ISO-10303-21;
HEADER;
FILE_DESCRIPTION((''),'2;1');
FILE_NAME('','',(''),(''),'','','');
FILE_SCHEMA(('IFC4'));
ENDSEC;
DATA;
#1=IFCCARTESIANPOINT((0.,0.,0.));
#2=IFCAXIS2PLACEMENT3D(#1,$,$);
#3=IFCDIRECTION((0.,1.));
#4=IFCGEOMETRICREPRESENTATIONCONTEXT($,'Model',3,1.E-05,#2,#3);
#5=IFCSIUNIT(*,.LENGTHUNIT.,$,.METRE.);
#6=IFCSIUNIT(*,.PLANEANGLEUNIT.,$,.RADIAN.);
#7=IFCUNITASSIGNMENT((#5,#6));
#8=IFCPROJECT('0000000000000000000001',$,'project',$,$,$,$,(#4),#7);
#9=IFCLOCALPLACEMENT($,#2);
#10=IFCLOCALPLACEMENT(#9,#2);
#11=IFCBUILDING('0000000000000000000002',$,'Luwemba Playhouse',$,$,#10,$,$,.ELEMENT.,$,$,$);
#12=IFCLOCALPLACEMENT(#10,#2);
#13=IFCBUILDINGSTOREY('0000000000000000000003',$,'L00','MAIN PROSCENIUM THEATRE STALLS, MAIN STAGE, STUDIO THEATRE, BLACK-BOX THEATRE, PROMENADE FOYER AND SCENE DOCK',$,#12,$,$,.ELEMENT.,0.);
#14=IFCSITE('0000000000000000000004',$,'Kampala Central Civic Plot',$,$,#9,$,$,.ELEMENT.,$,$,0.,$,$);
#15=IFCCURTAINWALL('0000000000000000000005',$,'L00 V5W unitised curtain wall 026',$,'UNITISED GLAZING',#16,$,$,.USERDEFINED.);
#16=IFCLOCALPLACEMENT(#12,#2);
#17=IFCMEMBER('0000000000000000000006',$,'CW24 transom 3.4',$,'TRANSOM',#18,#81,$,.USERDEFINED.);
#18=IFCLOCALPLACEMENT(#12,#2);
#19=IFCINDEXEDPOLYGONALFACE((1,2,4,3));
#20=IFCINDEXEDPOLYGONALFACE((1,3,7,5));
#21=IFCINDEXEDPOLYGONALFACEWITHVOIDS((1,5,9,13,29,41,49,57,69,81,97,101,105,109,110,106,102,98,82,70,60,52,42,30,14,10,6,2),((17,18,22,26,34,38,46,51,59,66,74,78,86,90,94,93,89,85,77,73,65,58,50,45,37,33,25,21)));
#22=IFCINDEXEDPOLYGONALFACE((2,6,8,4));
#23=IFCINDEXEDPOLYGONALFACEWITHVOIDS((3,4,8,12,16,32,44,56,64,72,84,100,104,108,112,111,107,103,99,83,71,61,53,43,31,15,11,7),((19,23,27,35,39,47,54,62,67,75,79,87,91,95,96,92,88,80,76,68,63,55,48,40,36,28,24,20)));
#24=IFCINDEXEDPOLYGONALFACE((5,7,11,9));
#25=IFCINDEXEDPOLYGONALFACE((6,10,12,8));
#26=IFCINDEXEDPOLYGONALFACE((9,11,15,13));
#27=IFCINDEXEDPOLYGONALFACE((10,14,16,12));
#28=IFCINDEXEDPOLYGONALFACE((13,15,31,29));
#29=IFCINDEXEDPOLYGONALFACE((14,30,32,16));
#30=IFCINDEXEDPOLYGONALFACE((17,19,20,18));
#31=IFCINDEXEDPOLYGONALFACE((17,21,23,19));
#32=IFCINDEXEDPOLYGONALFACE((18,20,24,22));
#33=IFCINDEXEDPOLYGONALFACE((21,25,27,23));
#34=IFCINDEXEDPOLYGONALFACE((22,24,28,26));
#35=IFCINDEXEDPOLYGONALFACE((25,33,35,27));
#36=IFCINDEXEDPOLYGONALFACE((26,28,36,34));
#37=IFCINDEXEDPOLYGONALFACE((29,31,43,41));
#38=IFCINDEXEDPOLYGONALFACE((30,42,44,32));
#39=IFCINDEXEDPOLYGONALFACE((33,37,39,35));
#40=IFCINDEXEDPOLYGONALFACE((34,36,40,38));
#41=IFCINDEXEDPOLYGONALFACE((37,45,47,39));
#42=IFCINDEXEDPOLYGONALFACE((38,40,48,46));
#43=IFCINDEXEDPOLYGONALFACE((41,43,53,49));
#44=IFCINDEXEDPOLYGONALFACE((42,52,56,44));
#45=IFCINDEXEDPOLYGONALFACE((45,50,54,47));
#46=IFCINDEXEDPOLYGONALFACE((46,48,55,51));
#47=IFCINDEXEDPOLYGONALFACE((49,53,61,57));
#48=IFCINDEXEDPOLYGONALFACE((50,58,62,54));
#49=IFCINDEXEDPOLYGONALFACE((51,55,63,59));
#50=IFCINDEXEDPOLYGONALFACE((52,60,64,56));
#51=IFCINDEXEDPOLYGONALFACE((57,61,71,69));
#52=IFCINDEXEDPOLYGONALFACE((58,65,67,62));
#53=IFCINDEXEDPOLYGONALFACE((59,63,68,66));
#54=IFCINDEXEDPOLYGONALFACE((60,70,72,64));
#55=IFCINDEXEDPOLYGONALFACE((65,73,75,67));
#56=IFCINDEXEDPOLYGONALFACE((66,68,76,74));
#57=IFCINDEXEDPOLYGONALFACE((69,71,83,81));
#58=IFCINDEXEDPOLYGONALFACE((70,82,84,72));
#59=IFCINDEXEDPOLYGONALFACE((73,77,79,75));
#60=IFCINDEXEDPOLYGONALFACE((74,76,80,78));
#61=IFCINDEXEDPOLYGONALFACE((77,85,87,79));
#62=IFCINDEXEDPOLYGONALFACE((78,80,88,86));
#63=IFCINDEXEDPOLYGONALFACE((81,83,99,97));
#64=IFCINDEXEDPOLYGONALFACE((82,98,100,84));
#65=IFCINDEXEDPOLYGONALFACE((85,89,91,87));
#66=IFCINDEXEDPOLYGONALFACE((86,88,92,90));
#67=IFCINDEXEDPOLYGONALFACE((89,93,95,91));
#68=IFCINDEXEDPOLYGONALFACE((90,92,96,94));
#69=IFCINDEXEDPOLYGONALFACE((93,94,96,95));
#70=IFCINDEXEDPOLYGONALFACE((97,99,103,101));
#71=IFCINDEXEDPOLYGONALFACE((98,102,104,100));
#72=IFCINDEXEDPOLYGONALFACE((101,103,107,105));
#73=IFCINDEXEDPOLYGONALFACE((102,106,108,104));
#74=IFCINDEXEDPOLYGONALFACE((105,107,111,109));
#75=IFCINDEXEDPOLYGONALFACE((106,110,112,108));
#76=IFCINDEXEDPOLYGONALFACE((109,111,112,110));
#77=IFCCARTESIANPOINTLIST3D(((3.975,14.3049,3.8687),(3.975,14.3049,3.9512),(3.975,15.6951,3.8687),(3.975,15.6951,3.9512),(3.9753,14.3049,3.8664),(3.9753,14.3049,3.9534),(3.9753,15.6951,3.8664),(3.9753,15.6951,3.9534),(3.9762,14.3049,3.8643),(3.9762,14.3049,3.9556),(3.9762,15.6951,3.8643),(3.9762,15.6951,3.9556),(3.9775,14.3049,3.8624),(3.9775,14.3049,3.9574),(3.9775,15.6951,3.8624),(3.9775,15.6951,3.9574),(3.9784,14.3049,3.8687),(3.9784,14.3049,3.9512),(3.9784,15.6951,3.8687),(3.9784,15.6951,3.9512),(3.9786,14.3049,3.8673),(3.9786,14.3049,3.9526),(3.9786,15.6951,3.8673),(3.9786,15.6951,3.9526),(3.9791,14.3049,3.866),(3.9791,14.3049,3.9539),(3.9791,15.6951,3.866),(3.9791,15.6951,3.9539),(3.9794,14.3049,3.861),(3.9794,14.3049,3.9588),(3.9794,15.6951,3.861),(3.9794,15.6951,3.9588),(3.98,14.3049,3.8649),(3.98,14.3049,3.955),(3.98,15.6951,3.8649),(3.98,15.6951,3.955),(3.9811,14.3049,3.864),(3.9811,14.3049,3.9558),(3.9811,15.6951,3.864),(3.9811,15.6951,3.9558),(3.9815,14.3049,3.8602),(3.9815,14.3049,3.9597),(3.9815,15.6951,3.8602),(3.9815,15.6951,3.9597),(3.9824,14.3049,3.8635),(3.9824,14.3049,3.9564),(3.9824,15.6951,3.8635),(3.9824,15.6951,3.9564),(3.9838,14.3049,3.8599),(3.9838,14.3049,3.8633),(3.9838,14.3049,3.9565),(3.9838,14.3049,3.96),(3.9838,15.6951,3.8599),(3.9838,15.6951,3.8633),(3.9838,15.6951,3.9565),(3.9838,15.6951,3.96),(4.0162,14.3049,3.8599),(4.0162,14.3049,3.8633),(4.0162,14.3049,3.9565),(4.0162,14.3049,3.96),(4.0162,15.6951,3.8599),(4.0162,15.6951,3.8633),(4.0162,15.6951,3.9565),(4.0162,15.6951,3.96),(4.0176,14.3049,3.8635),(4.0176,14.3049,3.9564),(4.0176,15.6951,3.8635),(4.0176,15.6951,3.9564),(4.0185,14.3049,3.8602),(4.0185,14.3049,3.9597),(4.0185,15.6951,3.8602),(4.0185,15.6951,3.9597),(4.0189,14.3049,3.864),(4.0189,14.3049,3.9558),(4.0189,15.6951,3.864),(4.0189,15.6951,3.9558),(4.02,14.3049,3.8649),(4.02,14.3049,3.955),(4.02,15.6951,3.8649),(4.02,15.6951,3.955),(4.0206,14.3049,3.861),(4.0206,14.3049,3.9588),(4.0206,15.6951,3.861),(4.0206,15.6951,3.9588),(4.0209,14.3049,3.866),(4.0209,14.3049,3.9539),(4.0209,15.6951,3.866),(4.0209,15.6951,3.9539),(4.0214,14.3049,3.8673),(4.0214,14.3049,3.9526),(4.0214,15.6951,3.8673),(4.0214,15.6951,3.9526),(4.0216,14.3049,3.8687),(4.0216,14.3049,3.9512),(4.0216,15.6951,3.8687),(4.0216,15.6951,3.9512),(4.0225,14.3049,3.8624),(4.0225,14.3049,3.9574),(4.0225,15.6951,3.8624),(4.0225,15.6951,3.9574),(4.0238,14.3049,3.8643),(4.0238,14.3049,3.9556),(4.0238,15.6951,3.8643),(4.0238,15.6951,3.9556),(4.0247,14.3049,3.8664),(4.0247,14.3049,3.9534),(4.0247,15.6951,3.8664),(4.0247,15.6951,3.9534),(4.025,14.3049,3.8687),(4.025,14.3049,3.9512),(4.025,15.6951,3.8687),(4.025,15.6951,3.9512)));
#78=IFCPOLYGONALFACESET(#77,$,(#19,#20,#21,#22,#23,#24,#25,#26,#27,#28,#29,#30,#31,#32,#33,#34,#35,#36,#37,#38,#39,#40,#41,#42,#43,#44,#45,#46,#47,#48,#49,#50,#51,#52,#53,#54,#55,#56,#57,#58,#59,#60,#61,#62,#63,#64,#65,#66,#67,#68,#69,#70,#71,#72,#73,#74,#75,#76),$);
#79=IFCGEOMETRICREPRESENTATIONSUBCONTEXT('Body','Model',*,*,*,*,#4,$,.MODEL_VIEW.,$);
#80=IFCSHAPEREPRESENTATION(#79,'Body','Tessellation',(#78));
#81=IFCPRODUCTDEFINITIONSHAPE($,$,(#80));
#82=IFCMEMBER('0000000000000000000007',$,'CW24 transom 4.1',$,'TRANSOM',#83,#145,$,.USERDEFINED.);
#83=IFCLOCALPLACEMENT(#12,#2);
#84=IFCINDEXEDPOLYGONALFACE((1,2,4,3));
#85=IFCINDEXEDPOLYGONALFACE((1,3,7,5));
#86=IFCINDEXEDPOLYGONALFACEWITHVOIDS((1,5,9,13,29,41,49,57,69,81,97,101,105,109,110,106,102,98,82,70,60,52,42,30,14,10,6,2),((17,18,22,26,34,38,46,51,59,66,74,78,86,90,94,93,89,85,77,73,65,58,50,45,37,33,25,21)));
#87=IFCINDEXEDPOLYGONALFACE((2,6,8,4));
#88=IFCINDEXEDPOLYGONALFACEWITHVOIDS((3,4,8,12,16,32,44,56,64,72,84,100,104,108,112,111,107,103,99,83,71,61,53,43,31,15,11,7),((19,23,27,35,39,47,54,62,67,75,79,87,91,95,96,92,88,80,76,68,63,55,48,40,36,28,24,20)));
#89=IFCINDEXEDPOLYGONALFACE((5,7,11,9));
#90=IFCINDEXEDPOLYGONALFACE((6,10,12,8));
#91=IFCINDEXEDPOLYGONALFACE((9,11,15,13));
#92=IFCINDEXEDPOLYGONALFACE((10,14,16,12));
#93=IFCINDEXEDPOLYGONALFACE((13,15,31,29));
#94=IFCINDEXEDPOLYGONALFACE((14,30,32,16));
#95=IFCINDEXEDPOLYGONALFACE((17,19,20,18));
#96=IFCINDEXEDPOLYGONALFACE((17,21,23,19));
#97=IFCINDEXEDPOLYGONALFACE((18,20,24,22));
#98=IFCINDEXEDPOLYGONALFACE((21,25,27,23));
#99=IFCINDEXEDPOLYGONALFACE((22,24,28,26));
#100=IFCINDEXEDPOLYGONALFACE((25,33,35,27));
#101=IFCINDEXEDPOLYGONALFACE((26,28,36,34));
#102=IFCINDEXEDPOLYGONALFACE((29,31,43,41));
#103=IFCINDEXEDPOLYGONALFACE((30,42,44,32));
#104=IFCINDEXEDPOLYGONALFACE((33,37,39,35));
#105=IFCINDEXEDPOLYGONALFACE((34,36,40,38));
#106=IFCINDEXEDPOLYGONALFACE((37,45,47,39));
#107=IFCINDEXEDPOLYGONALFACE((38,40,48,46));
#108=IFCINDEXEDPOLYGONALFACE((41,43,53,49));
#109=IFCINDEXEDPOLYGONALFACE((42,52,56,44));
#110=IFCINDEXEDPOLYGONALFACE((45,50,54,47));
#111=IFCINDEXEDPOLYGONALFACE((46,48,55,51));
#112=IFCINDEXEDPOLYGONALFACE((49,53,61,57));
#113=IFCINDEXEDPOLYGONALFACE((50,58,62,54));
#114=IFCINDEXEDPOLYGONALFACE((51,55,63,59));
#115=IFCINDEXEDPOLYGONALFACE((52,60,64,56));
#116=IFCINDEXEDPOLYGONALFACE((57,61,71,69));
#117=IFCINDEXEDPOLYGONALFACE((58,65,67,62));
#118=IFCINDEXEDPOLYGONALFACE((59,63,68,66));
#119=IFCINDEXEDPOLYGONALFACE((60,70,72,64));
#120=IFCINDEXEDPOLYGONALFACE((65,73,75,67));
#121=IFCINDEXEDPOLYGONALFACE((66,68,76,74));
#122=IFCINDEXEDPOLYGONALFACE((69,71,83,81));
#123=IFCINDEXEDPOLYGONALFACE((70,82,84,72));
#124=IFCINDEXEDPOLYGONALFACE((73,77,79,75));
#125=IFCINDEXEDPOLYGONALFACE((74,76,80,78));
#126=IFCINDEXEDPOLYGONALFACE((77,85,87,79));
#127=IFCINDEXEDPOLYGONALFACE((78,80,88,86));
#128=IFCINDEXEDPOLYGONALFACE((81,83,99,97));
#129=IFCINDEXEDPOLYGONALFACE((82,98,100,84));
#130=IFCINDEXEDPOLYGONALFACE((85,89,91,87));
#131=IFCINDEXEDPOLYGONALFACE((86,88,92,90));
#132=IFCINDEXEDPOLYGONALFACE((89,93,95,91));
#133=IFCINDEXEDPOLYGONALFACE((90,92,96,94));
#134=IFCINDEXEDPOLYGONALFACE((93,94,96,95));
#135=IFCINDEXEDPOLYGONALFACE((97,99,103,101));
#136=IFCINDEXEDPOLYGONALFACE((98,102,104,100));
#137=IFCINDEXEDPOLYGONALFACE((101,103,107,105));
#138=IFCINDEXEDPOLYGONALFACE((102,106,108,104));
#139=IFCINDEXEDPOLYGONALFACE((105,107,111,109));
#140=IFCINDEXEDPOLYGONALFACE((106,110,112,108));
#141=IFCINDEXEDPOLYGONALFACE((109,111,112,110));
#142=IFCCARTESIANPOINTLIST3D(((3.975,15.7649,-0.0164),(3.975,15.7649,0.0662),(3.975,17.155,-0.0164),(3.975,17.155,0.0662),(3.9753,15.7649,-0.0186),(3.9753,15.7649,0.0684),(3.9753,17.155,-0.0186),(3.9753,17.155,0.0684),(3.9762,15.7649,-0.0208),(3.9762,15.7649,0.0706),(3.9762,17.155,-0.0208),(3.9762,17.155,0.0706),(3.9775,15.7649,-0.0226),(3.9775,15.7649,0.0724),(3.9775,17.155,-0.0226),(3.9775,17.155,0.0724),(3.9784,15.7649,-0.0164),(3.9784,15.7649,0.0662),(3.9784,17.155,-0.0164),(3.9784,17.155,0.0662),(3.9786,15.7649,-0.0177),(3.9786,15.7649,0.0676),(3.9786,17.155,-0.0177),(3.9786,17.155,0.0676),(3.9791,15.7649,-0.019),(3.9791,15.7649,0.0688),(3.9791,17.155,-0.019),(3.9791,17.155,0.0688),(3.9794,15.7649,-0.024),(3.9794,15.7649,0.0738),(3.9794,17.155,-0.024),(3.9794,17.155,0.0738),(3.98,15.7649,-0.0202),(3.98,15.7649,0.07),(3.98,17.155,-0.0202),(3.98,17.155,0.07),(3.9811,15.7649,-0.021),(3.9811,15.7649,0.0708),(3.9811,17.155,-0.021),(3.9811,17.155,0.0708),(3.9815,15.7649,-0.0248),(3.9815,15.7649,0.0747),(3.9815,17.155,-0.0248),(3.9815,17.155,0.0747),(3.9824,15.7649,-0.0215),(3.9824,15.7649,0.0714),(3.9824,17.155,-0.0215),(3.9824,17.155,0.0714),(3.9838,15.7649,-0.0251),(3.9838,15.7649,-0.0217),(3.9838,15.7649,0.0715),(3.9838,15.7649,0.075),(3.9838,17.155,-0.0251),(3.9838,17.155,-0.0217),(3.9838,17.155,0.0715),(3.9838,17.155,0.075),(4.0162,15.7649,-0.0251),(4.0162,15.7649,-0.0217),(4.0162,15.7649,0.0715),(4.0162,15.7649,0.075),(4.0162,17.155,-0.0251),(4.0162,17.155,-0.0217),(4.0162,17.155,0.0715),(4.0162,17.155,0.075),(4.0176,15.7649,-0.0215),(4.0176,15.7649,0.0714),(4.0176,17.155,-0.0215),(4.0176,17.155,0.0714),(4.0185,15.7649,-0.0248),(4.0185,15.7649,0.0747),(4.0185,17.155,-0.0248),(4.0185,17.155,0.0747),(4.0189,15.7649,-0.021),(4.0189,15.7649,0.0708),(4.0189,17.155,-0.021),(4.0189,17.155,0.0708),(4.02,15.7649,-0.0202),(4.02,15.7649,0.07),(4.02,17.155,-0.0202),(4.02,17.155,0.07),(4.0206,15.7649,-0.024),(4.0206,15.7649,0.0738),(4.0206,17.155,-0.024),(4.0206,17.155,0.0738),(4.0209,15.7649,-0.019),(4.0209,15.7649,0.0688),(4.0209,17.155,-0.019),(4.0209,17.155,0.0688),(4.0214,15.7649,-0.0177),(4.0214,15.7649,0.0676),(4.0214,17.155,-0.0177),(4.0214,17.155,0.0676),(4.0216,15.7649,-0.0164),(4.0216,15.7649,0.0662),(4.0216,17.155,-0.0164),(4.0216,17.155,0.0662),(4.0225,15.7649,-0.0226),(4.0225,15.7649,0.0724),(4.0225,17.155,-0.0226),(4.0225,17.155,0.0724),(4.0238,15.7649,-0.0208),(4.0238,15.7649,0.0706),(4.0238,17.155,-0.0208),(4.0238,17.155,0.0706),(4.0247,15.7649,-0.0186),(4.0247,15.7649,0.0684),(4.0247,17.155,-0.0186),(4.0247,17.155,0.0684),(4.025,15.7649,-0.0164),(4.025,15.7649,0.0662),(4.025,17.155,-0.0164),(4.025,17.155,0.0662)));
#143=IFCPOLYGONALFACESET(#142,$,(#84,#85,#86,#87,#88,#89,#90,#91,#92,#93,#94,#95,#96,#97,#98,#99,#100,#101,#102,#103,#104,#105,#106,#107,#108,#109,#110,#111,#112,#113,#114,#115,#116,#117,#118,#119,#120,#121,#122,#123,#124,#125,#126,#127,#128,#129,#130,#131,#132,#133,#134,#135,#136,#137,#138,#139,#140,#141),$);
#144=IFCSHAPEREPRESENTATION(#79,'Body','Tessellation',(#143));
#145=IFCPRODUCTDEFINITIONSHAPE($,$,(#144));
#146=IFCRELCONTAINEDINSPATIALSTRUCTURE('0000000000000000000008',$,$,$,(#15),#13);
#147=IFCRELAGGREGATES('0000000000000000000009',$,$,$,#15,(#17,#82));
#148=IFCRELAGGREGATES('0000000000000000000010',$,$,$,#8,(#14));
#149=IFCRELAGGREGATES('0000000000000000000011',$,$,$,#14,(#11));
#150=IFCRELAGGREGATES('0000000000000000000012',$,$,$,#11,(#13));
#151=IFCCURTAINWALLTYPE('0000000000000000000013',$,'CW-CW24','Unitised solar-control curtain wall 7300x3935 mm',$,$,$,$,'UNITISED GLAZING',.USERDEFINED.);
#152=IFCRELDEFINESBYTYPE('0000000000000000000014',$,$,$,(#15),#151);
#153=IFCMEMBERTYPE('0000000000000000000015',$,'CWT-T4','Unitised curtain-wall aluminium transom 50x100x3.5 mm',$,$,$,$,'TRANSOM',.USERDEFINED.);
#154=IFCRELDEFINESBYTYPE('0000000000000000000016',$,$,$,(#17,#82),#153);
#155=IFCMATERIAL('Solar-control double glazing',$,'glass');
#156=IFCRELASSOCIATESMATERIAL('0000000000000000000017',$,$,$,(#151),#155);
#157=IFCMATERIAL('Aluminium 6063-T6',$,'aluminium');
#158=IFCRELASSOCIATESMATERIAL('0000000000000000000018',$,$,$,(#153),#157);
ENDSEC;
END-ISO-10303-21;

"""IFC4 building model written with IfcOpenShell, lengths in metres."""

from ifc_helpers import new_model, si_unit, direction, frame, origin, origin_2d, place, context, subcontext, project, spatial, hollow_rectangle, extrude, material, material_profile, profile_set, type_object, element, aggregate, save


model = new_model("IFC4")

# Units and contexts
model_context = context("Model", 3, precision=1e-05, world=origin(), true_north=direction((0.0, 1.0)))
body_context = subcontext(model_context, "Body", "Model", "MODEL_VIEW")
ifc_project = project(units=[si_unit("LENGTHUNIT", "METRE"), si_unit("PLANEANGLEUNIT", "RADIAN")], contexts=[model_context])

# Site, building, storey
site_placement = place(None, origin())
site = spatial("IfcSite", under=ifc_project, at=site_placement, Name="Kampala Central Civic Plot", CompositionType="ELEMENT", RefElevation=0.0)
building_placement = place(site_placement, origin())
building = spatial("IfcBuilding", under=site, at=building_placement, Name="Luwemba Playhouse", CompositionType="ELEMENT")
storey_placement = place(building_placement, origin())
storey = spatial("IfcBuildingStorey", under=building, at=storey_placement, Name="L00", Description="MAIN PROSCENIUM THEATRE STALLS, MAIN STAGE, STUDIO THEATRE, BLACK-BOX THEATRE, PROMENADE FOYER AND SCENE DOCK", CompositionType="ELEMENT", Elevation=0.0)

# Curtain wall, members
ifc_material_1 = material(Name="Solar-control double glazing", Category="glass")
curtain_wall_type = type_object("IfcCurtainWallType", Name="CW-CW24", Description="Unitised solar-control curtain wall 7300x3935 mm", ElementType="UNITISED GLAZING", PredefinedType="USERDEFINED", material=ifc_material_1)
curtain_wall_placement = place(storey_placement, origin())
curtain_wall = element("IfcCurtainWall", 1, at=curtain_wall_placement, inside=storey, type_object=curtain_wall_type, Name="L00 V5W unitised curtain wall 026", ObjectType="UNITISED GLAZING", PredefinedType="USERDEFINED")
ifc_material_2 = material(Name="Aluminium 6063-T6", Category="aluminium")
ifc_material_profile_1 = material_profile(ifc_material_2, hollow_rectangle(XDim=0.05, YDim=0.1001, WallThickness=0.0034, InnerFilletRadius=0.0054, OuterFilletRadius=0.0088, at=origin_2d()))
ifc_profile_set_1 = profile_set([ifc_material_profile_1], Name="Aluminium 6063-T6")
member_type_1 = type_object("IfcMemberType", Name="CWT-T4", Description="Unitised curtain-wall aluminium transom 50x100x3.5 mm", ElementType="TRANSOM", PredefinedType="USERDEFINED", material=ifc_profile_set_1)
member_1_placement = place(storey_placement, frame((4.0, 14.3049, 3.9099), z_axis=(0.0, 1.0, 0.0), x_axis=(-1.0, 0.0, 0.0)))
member_1 = element("IfcMember", 2, at=member_1_placement, type_object=member_type_1, Name="CW24 transom 3.4", ObjectType="TRANSOM", PredefinedType="USERDEFINED", context=body_context, shape_type="SweptSolid", body=[
    extrude(hollow_rectangle(XDim=0.05, YDim=0.1001, WallThickness=0.0034, InnerFilletRadius=0.0054, OuterFilletRadius=0.0088, at=origin_2d()), origin(), (0.0, 0.0, 1.0), 1.3901),
])
member_2_placement = place(storey_placement, frame((4.0, 15.7649, 0.0249), z_axis=(0.0, 1.0, 0.0), x_axis=(-1.0, 0.0, 0.0)))
member_2 = element("IfcMember", 3, at=member_2_placement, type_object=member_type_1, Name="CW24 transom 4.1", ObjectType="TRANSOM", PredefinedType="USERDEFINED", context=body_context, shape_type="SweptSolid", body=[
    extrude(hollow_rectangle(XDim=0.05, YDim=0.1001, WallThickness=0.0034, InnerFilletRadius=0.0054, OuterFilletRadius=0.0088, at=origin_2d()), origin(), (0.0, 0.0, 1.0), 1.3901),
])
aggregate(curtain_wall, [member_1, member_2])

save(model, "model.ifc")
